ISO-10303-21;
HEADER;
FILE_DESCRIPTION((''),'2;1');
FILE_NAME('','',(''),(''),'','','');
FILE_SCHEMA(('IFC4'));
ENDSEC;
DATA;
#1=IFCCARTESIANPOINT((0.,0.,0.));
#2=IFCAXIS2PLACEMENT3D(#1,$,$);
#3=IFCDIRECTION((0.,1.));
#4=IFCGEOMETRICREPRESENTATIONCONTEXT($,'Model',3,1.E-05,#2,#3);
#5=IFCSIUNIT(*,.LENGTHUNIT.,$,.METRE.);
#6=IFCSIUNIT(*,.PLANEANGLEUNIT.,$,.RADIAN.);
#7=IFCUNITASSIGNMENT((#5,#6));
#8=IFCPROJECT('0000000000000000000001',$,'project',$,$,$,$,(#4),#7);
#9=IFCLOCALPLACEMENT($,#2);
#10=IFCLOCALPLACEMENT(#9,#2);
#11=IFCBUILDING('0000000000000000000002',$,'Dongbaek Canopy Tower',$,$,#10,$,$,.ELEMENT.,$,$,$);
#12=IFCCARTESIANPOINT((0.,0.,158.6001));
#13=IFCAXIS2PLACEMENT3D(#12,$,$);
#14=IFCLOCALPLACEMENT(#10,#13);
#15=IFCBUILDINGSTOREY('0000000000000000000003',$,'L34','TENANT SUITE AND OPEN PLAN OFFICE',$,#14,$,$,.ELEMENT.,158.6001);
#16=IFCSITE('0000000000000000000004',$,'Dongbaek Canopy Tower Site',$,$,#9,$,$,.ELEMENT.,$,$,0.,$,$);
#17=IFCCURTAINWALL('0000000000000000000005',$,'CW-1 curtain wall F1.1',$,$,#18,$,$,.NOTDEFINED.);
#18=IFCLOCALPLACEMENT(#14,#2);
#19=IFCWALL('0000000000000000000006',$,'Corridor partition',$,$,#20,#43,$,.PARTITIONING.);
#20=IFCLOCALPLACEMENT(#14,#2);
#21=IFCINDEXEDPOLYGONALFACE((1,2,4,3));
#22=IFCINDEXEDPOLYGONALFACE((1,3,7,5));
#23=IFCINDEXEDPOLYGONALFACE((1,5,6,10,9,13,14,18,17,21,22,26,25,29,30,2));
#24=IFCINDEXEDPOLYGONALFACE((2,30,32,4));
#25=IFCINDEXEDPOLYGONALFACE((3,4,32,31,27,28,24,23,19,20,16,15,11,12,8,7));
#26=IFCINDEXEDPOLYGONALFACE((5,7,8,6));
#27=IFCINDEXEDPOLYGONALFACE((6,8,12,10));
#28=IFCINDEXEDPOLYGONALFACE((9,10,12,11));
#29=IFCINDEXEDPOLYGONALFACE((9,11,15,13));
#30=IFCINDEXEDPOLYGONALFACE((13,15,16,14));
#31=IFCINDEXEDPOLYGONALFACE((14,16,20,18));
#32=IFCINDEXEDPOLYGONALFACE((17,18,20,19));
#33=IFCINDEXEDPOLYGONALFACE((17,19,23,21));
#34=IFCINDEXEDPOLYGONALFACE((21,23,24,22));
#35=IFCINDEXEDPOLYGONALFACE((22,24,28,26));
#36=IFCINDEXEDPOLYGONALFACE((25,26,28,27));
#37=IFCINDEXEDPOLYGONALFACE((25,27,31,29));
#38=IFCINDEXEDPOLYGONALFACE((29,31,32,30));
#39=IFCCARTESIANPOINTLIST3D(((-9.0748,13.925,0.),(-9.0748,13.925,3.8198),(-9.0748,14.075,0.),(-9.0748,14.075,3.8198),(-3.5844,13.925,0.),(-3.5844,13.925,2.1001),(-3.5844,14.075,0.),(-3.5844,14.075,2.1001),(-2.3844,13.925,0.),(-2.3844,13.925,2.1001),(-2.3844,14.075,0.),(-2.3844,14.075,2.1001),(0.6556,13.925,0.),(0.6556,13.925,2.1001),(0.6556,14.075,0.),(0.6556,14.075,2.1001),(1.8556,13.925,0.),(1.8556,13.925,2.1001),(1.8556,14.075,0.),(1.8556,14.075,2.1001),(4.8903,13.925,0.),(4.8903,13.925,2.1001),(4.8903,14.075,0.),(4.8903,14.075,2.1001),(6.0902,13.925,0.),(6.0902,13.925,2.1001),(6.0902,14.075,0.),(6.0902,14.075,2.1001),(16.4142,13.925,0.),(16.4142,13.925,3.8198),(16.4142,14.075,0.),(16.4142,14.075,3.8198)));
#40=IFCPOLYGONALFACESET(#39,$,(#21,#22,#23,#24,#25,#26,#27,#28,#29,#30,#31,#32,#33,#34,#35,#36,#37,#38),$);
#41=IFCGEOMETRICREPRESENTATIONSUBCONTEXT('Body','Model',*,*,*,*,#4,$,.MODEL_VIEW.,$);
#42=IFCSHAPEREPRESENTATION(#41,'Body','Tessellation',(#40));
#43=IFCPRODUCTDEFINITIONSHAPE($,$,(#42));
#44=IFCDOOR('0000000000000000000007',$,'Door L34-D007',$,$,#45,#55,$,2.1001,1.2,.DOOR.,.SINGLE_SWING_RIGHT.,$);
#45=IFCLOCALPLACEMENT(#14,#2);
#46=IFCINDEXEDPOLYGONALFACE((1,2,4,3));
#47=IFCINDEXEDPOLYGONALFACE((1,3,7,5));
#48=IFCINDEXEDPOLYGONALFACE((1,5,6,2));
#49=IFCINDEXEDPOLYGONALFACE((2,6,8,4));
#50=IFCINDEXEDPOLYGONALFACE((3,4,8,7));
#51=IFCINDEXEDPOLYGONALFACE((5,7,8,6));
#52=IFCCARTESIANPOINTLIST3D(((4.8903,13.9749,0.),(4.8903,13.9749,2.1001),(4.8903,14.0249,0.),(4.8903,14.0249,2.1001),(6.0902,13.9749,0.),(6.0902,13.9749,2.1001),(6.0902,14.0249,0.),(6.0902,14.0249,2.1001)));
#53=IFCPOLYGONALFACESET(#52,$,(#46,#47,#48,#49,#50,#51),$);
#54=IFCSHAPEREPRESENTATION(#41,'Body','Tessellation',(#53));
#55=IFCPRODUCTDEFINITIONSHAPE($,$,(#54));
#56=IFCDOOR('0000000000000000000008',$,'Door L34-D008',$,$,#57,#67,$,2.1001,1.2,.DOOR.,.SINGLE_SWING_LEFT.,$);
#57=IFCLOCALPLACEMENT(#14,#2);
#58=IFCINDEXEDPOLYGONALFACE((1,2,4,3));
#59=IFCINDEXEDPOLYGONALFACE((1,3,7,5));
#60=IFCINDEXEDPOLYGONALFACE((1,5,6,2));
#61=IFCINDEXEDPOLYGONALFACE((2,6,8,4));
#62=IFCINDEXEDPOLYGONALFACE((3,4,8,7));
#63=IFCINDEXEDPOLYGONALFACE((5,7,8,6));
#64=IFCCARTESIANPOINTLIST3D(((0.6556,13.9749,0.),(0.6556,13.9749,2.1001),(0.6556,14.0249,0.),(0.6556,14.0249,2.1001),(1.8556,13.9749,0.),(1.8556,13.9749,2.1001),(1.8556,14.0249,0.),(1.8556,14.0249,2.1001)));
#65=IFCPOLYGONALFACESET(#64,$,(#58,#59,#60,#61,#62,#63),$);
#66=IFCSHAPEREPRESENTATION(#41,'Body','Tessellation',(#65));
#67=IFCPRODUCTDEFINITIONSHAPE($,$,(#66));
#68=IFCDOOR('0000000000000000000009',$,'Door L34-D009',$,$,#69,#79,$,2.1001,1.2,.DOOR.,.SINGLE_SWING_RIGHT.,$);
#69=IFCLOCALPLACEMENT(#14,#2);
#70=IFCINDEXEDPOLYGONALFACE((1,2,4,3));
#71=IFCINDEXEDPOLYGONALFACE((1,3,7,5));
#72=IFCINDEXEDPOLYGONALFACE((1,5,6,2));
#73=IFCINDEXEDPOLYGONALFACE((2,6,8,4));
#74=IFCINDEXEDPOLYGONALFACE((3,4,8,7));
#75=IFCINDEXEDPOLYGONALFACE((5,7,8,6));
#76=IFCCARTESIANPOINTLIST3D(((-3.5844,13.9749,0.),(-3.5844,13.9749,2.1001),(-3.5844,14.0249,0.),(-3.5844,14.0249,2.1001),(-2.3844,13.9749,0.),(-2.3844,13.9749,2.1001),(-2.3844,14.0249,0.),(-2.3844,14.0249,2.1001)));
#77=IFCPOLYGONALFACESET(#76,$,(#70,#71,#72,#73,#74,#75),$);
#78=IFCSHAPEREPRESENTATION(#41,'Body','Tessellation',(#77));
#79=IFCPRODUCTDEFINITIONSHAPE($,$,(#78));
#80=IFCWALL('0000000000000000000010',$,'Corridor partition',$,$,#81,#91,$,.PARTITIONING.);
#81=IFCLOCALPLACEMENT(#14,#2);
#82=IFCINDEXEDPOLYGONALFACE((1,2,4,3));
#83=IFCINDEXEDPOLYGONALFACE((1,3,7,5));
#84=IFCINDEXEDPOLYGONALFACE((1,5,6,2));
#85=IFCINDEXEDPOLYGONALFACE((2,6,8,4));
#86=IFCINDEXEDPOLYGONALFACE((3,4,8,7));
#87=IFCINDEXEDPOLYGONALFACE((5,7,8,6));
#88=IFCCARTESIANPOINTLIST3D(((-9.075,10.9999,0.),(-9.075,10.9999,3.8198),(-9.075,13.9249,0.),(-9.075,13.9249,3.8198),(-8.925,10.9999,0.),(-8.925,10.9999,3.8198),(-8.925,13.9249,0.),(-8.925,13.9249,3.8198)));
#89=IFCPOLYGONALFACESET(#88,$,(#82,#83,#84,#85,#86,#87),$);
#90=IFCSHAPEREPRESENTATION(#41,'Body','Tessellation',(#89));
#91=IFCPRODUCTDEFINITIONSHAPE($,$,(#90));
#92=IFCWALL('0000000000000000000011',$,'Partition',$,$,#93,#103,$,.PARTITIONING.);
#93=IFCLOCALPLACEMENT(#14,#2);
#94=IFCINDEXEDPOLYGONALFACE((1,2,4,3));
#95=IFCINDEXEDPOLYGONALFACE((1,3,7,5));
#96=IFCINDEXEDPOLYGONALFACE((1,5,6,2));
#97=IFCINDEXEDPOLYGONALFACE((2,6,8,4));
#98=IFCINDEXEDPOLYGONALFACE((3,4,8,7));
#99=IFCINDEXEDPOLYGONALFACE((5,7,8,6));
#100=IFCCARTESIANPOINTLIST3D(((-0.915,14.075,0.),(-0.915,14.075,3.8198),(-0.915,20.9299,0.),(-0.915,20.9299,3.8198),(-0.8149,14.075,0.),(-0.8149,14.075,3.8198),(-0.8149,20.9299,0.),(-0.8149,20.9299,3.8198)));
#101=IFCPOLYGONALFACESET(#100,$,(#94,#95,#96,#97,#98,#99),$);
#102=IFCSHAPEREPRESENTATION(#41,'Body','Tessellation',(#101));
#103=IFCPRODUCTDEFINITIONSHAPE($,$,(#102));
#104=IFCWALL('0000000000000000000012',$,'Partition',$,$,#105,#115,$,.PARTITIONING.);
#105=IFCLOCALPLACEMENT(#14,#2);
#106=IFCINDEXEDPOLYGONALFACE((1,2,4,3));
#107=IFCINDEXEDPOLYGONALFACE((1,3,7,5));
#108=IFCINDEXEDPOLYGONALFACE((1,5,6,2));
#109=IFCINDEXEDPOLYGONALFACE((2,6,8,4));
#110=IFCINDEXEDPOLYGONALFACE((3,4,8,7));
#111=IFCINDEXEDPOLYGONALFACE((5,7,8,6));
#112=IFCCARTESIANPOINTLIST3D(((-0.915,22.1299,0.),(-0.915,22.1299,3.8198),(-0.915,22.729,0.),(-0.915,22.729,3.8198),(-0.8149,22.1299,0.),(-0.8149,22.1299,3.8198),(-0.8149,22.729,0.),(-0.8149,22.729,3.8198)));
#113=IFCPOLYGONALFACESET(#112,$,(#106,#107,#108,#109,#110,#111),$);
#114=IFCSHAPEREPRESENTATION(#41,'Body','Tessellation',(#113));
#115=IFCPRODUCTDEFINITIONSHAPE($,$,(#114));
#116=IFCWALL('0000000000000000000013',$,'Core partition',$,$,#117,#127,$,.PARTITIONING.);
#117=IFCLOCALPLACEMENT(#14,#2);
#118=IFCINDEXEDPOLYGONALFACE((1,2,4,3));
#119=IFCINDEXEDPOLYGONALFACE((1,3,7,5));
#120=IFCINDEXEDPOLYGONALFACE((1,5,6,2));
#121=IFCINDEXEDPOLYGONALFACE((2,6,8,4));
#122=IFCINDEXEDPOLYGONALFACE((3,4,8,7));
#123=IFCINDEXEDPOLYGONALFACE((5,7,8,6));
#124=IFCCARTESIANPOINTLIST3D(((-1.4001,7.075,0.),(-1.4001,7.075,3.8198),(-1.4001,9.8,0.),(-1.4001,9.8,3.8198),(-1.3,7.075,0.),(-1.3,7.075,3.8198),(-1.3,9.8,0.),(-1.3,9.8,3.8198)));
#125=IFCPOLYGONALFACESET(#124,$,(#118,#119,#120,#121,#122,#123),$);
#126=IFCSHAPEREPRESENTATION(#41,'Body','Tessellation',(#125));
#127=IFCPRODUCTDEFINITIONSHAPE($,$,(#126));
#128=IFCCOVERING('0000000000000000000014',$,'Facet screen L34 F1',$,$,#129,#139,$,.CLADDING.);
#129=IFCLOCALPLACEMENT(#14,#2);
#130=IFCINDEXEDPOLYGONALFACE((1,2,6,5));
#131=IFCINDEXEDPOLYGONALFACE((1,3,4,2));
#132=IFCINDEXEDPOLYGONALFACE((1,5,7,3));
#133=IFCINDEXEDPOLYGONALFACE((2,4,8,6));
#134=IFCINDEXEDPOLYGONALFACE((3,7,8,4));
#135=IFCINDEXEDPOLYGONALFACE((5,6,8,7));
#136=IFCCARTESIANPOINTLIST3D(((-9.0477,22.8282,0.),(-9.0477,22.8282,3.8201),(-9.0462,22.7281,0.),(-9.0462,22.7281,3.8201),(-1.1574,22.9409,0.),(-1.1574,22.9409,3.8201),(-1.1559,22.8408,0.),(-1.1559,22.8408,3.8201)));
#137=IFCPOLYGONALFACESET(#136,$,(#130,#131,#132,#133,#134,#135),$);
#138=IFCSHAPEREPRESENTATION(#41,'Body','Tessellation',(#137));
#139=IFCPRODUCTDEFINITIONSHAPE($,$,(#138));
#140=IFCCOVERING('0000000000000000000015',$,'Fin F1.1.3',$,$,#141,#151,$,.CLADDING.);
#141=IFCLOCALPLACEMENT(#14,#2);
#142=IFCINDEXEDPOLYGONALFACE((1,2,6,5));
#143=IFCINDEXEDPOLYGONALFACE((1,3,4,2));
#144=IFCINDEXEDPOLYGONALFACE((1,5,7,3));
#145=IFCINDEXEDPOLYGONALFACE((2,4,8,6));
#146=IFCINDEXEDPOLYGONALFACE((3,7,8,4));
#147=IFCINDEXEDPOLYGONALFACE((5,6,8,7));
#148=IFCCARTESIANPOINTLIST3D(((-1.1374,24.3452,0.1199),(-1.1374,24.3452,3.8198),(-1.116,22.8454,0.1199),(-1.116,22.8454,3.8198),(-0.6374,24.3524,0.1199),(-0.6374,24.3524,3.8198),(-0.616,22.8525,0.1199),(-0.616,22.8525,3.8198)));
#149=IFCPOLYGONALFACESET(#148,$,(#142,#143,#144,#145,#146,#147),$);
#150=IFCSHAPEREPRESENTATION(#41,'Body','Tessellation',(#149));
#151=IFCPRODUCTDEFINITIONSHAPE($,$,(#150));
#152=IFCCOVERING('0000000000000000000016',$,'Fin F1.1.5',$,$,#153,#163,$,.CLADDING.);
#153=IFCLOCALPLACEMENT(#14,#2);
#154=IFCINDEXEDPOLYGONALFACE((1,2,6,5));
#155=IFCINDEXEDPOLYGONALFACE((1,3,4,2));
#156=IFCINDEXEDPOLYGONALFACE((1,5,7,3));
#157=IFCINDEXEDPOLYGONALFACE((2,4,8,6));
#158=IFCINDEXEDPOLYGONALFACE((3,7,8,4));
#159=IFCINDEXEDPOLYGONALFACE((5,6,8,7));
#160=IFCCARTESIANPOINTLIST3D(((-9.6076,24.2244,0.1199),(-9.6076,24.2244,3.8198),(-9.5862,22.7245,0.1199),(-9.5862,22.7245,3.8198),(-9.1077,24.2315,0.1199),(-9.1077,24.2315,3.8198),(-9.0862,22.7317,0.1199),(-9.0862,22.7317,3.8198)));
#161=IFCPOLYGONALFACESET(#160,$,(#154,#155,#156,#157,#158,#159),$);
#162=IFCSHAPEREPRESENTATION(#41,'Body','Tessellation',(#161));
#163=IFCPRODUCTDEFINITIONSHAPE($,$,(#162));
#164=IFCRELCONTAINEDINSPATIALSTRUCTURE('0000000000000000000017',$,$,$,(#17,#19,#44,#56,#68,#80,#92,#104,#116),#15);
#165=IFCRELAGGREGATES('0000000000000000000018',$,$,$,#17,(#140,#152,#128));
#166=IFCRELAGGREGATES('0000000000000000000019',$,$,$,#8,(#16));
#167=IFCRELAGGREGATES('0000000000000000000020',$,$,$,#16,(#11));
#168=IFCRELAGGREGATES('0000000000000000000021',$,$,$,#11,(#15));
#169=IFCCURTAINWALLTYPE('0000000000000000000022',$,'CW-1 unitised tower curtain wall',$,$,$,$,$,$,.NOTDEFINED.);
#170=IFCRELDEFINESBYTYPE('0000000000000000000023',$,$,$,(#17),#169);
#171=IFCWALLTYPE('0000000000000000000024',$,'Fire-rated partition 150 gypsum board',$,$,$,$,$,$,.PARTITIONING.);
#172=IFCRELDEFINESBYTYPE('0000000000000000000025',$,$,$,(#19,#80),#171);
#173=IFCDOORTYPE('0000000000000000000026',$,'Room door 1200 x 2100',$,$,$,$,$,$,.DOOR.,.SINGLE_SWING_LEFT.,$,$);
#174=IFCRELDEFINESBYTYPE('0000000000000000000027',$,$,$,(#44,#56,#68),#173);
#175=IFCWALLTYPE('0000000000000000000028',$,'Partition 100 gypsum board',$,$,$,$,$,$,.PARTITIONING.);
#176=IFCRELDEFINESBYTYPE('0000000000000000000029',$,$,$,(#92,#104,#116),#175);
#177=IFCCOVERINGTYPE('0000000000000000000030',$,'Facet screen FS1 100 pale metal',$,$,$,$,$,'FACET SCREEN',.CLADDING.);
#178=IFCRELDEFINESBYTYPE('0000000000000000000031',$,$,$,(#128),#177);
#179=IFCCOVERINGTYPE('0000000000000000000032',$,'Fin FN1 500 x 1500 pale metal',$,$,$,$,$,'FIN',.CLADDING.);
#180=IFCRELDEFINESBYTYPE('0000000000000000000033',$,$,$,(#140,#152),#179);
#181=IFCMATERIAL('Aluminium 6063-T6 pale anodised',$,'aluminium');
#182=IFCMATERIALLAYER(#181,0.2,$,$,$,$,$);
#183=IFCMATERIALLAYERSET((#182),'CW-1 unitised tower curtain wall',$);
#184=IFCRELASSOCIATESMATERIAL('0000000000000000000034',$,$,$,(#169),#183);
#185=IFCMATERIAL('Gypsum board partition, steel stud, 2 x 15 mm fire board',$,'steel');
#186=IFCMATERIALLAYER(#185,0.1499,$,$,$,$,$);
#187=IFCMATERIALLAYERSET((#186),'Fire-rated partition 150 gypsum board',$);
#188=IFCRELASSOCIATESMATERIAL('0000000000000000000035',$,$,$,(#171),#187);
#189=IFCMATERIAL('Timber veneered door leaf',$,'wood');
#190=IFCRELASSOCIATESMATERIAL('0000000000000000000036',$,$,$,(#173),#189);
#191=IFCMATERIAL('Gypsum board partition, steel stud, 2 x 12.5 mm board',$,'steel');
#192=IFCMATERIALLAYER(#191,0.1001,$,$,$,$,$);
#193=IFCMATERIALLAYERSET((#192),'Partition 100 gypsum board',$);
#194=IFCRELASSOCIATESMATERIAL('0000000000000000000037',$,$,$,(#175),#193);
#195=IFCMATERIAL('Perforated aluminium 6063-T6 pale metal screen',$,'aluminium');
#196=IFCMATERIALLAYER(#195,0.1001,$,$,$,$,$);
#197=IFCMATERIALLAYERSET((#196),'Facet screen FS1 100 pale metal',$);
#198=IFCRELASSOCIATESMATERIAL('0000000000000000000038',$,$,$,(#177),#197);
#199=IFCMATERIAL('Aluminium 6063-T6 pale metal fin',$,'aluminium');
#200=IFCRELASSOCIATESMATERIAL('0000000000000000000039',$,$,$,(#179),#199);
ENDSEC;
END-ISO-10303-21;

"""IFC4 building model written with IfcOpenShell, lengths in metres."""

from ifc_helpers import new_model, si_unit, direction, frame, frame_2d, origin, origin_2d, place, context, subcontext, project, spatial, rectangle, extrude, material, layer, layer_set, material_profile, profile_set, type_object, element, fill, aggregate, save


model = new_model("IFC4")

# Units and contexts
model_context = context("Model", 3, precision=1e-05, world=origin(), true_north=direction((0.0, 1.0)))
body_context = subcontext(model_context, "Body", "Model", "MODEL_VIEW")
ifc_project = project(units=[si_unit("LENGTHUNIT", "METRE"), si_unit("PLANEANGLEUNIT", "RADIAN")], contexts=[model_context])

# Site, building, storey
site_placement = place(None, origin())
site = spatial("IfcSite", under=ifc_project, at=site_placement, Name="Dongbaek Canopy Tower Site", CompositionType="ELEMENT", RefElevation=0.0)
building_placement = place(site_placement, origin())
building = spatial("IfcBuilding", under=site, at=building_placement, Name="Dongbaek Canopy Tower", CompositionType="ELEMENT")
storey_placement = place(building_placement, frame((0.0, 0.0, 158.6001)))
storey = spatial("IfcBuildingStorey", under=building, at=storey_placement, Name="L34", Description="TENANT SUITE AND OPEN PLAN OFFICE", CompositionType="ELEMENT", Elevation=158.6001)

# Curtain wall
ifc_material_1 = material(Name="Aluminium 6063-T6 pale anodised", Category="aluminium")
ifc_layer_1 = layer(ifc_material_1, 0.2)
ifc_layer_set_1 = layer_set([ifc_layer_1], Name="CW-1 unitised tower curtain wall")
curtain_wall_type = type_object("IfcCurtainWallType", Name="CW-1 unitised tower curtain wall", PredefinedType="NOTDEFINED", material=ifc_layer_set_1)
curtain_wall_1_placement = place(storey_placement, origin())
curtain_wall_1 = element("IfcCurtainWall", 1, at=curtain_wall_1_placement, inside=storey, type_object=curtain_wall_type, Name="CW-1 curtain wall F1.1", PredefinedType="NOTDEFINED")

# Wall, openings, doors
ifc_material_2 = material(Name="Gypsum board partition, steel stud, 2 x 15 mm fire board", Category="steel")
ifc_layer_2 = layer(ifc_material_2, 0.1499)
ifc_layer_set_2 = layer_set([ifc_layer_2], Name="Fire-rated partition 150 gypsum board")
wall_type_1 = type_object("IfcWallType", Name="Fire-rated partition 150 gypsum board", PredefinedType="PARTITIONING", material=ifc_layer_set_2)
wall_1_placement = place(storey_placement, frame((-9.075, 14.0, 0.0), z_axis=(0.0, 0.0, 1.0), x_axis=(1.0, 0.0, 0.0)))
wall_1 = element("IfcWall", 2, at=wall_1_placement, inside=storey, type_object=wall_type_1, Name="Corridor partition", PredefinedType="PARTITIONING", context=body_context, shape_type="SweptSolid", body=[
    extrude(rectangle(XDim=25.489, YDim=0.1499, at=frame_2d((12.7446, 0.0))), origin(), (0.0, 0.0, 1.0), 3.8198),
])
opening_1_placement = place(wall_1_placement, frame((13.9651, 0.0, 0.0)))
opening_1 = element("IfcOpeningElement", 3, at=opening_1_placement, cuts=wall_1, PredefinedType="OPENING", context=body_context, shape_type="SweptSolid", body=[
    extrude(rectangle(XDim=1.2, YDim=2.1001, at=frame_2d((0.6001, 1.05))), frame((0.0, 0.085, 0.0), z_axis=(0.0, -1.0, 0.0), x_axis=(1.0, 0.0, 0.0)), (0.0, 0.0, 1.0), 0.1699),
])
opening_2_placement = place(wall_1_placement, frame((9.7305, 0.0, 0.0)))
opening_2 = element("IfcOpeningElement", 4, at=opening_2_placement, cuts=wall_1, PredefinedType="OPENING", context=body_context, shape_type="SweptSolid", body=[
    extrude(rectangle(XDim=1.2, YDim=2.1001, at=frame_2d((0.6001, 1.05))), frame((0.0, 0.085, 0.0), z_axis=(0.0, -1.0, 0.0), x_axis=(1.0, 0.0, 0.0)), (0.0, 0.0, 1.0), 0.1699),
])
opening_3_placement = place(wall_1_placement, frame((5.4905, 0.0, 0.0)))
opening_3 = element("IfcOpeningElement", 5, at=opening_3_placement, cuts=wall_1, PredefinedType="OPENING", context=body_context, shape_type="SweptSolid", body=[
    extrude(rectangle(XDim=1.2, YDim=2.1001, at=frame_2d((0.6001, 1.05))), frame((0.0, 0.085, 0.0), z_axis=(0.0, -1.0, 0.0), x_axis=(1.0, 0.0, 0.0)), (0.0, 0.0, 1.0), 0.1699),
])
ifc_material_3 = material(Name="Timber veneered door leaf", Category="wood")
door_type = type_object("IfcDoorType", Name="Room door 1200 x 2100", OperationType="SINGLE_SWING_LEFT", PredefinedType="DOOR", material=ifc_material_3)
door_1_placement = place(opening_1_placement, origin())
door_1 = element("IfcDoor", 6, at=door_1_placement, inside=storey, type_object=door_type, Name="Door L34-D007", OperationType="SINGLE_SWING_RIGHT", OverallHeight=2.1001, OverallWidth=1.2, PredefinedType="DOOR", context=body_context, shape_type="SweptSolid", body=[
    extrude(rectangle(XDim=1.2, YDim=2.1001, at=frame_2d((0.6001, 1.05))), frame((0.0, 0.0249, 0.0), z_axis=(0.0, -1.0, 0.0), x_axis=(1.0, 0.0, 0.0)), (0.0, 0.0, 1.0), 0.05),
])
fill(opening_1, door_1)
door_2_placement = place(opening_2_placement, origin())
door_2 = element("IfcDoor", 7, at=door_2_placement, inside=storey, type_object=door_type, Name="Door L34-D008", OperationType="SINGLE_SWING_LEFT", OverallHeight=2.1001, OverallWidth=1.2, PredefinedType="DOOR", context=body_context, shape_type="SweptSolid", body=[
    extrude(rectangle(XDim=1.2, YDim=2.1001, at=frame_2d((0.6001, 1.05))), frame((0.0, 0.0249, 0.0), z_axis=(0.0, -1.0, 0.0), x_axis=(1.0, 0.0, 0.0)), (0.0, 0.0, 1.0), 0.05),
])
fill(opening_2, door_2)
door_3_placement = place(opening_3_placement, origin())
door_3 = element("IfcDoor", 8, at=door_3_placement, inside=storey, type_object=door_type, Name="Door L34-D009", OperationType="SINGLE_SWING_RIGHT", OverallHeight=2.1001, OverallWidth=1.2, PredefinedType="DOOR", context=body_context, shape_type="SweptSolid", body=[
    extrude(rectangle(XDim=1.2, YDim=2.1001, at=frame_2d((0.6001, 1.05))), frame((0.0, 0.0249, 0.0), z_axis=(0.0, -1.0, 0.0), x_axis=(1.0, 0.0, 0.0)), (0.0, 0.0, 1.0), 0.05),
])
fill(opening_3, door_3)

# Walls
wall_2_placement = place(storey_placement, frame((-9.0, 11.0, 0.0), z_axis=(0.0, 0.0, 1.0), x_axis=(0.0, 1.0, 0.0)))
element("IfcWall", 9, at=wall_2_placement, inside=storey, type_object=wall_type_1, Name="Corridor partition", PredefinedType="PARTITIONING", context=body_context, shape_type="SweptSolid", body=[
    extrude(rectangle(XDim=2.925, YDim=0.1499, at=frame_2d((1.4624, 0.0))), origin(), (0.0, 0.0, 1.0), 3.8198),
])
ifc_material_4 = material(Name="Gypsum board partition, steel stud, 2 x 12.5 mm board", Category="steel")
ifc_layer_3 = layer(ifc_material_4, 0.1001)
ifc_layer_set_3 = layer_set([ifc_layer_3], Name="Partition 100 gypsum board")
wall_type_2 = type_object("IfcWallType", Name="Partition 100 gypsum board", PredefinedType="PARTITIONING", material=ifc_layer_set_3)
wall_3_placement = place(storey_placement, frame((-0.865, 14.075, 0.0), z_axis=(0.0, 0.0, 1.0), x_axis=(0.0, 1.0, 0.0)))
element("IfcWall", 10, at=wall_3_placement, inside=storey, type_object=wall_type_2, Name="Partition", PredefinedType="PARTITIONING", context=body_context, shape_type="SweptSolid", body=[
    extrude(rectangle(XDim=6.855, YDim=0.1001, at=frame_2d((3.4275, 0.0))), origin(), (0.0, 0.0, 1.0), 3.8198),
])
wall_4_placement = place(storey_placement, frame((-0.865, 22.1299, 0.0), z_axis=(0.0, 0.0, 1.0), x_axis=(0.0, 1.0, 0.0)))
element("IfcWall", 11, at=wall_4_placement, inside=storey, type_object=wall_type_2, Name="Partition", PredefinedType="PARTITIONING", context=body_context, shape_type="SweptSolid", body=[
    extrude(rectangle(XDim=0.5991, YDim=0.1001, at=frame_2d((0.2996, 0.0))), origin(), (0.0, 0.0, 1.0), 3.8198),
])
wall_5_placement = place(storey_placement, frame((-1.3501, 7.075, 0.0), z_axis=(0.0, 0.0, 1.0), x_axis=(0.0, 1.0, 0.0)))
element("IfcWall", 12, at=wall_5_placement, inside=storey, type_object=wall_type_2, Name="Core partition", PredefinedType="PARTITIONING", context=body_context, shape_type="SweptSolid", body=[
    extrude(rectangle(XDim=2.7251, YDim=0.1001, at=frame_2d((1.3625, 0.0))), origin(), (0.0, 0.0, 1.0), 3.8198),
])

# Coverings
ifc_material_5 = material(Name="Perforated aluminium 6063-T6 pale metal screen", Category="aluminium")
ifc_layer_4 = layer(ifc_material_5, 0.1001)
ifc_layer_set_4 = layer_set([ifc_layer_4], Name="Facet screen FS1 100 pale metal")
covering_type_1 = type_object("IfcCoveringType", Name="Facet screen FS1 100 pale metal", ElementType="FACET SCREEN", PredefinedType="CLADDING", material=ifc_layer_set_4)
covering_1_placement = place(storey_placement, frame((-5.1018, 22.8345, 0.0), z_axis=(0.0, 0.0, 1.0), x_axis=(-0.999898, -0.014278, 0.0)))
covering_1 = element("IfcCovering", 13, at=covering_1_placement, type_object=covering_type_1, Name="Facet screen L34 F1", PredefinedType="CLADDING", context=body_context, shape_type="SweptSolid", body=[
    extrude(rectangle(XDim=7.8911, YDim=0.1001, at=origin_2d()), origin(), (0.0, 0.0, 1.0), 3.8201),
])
ifc_material_6 = material(Name="Aluminium 6063-T6 pale metal fin", Category="aluminium")
ifc_material_profile_1 = material_profile(ifc_material_6, rectangle(XDim=1.5, YDim=0.5, at=origin_2d()), Name="Fin FN1 500 x 1500 pale metal")
ifc_profile_set_1 = profile_set([ifc_material_profile_1], Name="Aluminium 6063-T6 pale metal fin")
covering_type_2 = type_object("IfcCoveringType", Name="Fin FN1 500 x 1500 pale metal", ElementType="FIN", PredefinedType="CLADDING", material=ifc_profile_set_1)
covering_2_placement = place(storey_placement, frame((-0.8767, 23.5989, 0.1199), z_axis=(0.0, 0.0, 1.0), x_axis=(-0.014277, 0.999898, 0.0)))
covering_2 = element("IfcCovering", 14, at=covering_2_placement, type_object=covering_type_2, Name="Fin F1.1.3", PredefinedType="CLADDING", context=body_context, shape_type="SweptSolid", body=[
    extrude(rectangle(XDim=1.5, YDim=0.5, at=origin_2d()), origin(), (0.0, 0.0, 1.0), 3.7),
])
covering_3_placement = place(storey_placement, frame((-9.3469, 23.478, 0.1199), z_axis=(0.0, 0.0, 1.0), x_axis=(-0.014277, 0.999898, 0.0)))
covering_3 = element("IfcCovering", 15, at=covering_3_placement, type_object=covering_type_2, Name="Fin F1.1.5", PredefinedType="CLADDING", context=body_context, shape_type="SweptSolid", body=[
    extrude(rectangle(XDim=1.5, YDim=0.5, at=origin_2d()), origin(), (0.0, 0.0, 1.0), 3.7),
])
aggregate(curtain_wall_1, [covering_2, covering_3, covering_1])

save(model, "model.ifc")
